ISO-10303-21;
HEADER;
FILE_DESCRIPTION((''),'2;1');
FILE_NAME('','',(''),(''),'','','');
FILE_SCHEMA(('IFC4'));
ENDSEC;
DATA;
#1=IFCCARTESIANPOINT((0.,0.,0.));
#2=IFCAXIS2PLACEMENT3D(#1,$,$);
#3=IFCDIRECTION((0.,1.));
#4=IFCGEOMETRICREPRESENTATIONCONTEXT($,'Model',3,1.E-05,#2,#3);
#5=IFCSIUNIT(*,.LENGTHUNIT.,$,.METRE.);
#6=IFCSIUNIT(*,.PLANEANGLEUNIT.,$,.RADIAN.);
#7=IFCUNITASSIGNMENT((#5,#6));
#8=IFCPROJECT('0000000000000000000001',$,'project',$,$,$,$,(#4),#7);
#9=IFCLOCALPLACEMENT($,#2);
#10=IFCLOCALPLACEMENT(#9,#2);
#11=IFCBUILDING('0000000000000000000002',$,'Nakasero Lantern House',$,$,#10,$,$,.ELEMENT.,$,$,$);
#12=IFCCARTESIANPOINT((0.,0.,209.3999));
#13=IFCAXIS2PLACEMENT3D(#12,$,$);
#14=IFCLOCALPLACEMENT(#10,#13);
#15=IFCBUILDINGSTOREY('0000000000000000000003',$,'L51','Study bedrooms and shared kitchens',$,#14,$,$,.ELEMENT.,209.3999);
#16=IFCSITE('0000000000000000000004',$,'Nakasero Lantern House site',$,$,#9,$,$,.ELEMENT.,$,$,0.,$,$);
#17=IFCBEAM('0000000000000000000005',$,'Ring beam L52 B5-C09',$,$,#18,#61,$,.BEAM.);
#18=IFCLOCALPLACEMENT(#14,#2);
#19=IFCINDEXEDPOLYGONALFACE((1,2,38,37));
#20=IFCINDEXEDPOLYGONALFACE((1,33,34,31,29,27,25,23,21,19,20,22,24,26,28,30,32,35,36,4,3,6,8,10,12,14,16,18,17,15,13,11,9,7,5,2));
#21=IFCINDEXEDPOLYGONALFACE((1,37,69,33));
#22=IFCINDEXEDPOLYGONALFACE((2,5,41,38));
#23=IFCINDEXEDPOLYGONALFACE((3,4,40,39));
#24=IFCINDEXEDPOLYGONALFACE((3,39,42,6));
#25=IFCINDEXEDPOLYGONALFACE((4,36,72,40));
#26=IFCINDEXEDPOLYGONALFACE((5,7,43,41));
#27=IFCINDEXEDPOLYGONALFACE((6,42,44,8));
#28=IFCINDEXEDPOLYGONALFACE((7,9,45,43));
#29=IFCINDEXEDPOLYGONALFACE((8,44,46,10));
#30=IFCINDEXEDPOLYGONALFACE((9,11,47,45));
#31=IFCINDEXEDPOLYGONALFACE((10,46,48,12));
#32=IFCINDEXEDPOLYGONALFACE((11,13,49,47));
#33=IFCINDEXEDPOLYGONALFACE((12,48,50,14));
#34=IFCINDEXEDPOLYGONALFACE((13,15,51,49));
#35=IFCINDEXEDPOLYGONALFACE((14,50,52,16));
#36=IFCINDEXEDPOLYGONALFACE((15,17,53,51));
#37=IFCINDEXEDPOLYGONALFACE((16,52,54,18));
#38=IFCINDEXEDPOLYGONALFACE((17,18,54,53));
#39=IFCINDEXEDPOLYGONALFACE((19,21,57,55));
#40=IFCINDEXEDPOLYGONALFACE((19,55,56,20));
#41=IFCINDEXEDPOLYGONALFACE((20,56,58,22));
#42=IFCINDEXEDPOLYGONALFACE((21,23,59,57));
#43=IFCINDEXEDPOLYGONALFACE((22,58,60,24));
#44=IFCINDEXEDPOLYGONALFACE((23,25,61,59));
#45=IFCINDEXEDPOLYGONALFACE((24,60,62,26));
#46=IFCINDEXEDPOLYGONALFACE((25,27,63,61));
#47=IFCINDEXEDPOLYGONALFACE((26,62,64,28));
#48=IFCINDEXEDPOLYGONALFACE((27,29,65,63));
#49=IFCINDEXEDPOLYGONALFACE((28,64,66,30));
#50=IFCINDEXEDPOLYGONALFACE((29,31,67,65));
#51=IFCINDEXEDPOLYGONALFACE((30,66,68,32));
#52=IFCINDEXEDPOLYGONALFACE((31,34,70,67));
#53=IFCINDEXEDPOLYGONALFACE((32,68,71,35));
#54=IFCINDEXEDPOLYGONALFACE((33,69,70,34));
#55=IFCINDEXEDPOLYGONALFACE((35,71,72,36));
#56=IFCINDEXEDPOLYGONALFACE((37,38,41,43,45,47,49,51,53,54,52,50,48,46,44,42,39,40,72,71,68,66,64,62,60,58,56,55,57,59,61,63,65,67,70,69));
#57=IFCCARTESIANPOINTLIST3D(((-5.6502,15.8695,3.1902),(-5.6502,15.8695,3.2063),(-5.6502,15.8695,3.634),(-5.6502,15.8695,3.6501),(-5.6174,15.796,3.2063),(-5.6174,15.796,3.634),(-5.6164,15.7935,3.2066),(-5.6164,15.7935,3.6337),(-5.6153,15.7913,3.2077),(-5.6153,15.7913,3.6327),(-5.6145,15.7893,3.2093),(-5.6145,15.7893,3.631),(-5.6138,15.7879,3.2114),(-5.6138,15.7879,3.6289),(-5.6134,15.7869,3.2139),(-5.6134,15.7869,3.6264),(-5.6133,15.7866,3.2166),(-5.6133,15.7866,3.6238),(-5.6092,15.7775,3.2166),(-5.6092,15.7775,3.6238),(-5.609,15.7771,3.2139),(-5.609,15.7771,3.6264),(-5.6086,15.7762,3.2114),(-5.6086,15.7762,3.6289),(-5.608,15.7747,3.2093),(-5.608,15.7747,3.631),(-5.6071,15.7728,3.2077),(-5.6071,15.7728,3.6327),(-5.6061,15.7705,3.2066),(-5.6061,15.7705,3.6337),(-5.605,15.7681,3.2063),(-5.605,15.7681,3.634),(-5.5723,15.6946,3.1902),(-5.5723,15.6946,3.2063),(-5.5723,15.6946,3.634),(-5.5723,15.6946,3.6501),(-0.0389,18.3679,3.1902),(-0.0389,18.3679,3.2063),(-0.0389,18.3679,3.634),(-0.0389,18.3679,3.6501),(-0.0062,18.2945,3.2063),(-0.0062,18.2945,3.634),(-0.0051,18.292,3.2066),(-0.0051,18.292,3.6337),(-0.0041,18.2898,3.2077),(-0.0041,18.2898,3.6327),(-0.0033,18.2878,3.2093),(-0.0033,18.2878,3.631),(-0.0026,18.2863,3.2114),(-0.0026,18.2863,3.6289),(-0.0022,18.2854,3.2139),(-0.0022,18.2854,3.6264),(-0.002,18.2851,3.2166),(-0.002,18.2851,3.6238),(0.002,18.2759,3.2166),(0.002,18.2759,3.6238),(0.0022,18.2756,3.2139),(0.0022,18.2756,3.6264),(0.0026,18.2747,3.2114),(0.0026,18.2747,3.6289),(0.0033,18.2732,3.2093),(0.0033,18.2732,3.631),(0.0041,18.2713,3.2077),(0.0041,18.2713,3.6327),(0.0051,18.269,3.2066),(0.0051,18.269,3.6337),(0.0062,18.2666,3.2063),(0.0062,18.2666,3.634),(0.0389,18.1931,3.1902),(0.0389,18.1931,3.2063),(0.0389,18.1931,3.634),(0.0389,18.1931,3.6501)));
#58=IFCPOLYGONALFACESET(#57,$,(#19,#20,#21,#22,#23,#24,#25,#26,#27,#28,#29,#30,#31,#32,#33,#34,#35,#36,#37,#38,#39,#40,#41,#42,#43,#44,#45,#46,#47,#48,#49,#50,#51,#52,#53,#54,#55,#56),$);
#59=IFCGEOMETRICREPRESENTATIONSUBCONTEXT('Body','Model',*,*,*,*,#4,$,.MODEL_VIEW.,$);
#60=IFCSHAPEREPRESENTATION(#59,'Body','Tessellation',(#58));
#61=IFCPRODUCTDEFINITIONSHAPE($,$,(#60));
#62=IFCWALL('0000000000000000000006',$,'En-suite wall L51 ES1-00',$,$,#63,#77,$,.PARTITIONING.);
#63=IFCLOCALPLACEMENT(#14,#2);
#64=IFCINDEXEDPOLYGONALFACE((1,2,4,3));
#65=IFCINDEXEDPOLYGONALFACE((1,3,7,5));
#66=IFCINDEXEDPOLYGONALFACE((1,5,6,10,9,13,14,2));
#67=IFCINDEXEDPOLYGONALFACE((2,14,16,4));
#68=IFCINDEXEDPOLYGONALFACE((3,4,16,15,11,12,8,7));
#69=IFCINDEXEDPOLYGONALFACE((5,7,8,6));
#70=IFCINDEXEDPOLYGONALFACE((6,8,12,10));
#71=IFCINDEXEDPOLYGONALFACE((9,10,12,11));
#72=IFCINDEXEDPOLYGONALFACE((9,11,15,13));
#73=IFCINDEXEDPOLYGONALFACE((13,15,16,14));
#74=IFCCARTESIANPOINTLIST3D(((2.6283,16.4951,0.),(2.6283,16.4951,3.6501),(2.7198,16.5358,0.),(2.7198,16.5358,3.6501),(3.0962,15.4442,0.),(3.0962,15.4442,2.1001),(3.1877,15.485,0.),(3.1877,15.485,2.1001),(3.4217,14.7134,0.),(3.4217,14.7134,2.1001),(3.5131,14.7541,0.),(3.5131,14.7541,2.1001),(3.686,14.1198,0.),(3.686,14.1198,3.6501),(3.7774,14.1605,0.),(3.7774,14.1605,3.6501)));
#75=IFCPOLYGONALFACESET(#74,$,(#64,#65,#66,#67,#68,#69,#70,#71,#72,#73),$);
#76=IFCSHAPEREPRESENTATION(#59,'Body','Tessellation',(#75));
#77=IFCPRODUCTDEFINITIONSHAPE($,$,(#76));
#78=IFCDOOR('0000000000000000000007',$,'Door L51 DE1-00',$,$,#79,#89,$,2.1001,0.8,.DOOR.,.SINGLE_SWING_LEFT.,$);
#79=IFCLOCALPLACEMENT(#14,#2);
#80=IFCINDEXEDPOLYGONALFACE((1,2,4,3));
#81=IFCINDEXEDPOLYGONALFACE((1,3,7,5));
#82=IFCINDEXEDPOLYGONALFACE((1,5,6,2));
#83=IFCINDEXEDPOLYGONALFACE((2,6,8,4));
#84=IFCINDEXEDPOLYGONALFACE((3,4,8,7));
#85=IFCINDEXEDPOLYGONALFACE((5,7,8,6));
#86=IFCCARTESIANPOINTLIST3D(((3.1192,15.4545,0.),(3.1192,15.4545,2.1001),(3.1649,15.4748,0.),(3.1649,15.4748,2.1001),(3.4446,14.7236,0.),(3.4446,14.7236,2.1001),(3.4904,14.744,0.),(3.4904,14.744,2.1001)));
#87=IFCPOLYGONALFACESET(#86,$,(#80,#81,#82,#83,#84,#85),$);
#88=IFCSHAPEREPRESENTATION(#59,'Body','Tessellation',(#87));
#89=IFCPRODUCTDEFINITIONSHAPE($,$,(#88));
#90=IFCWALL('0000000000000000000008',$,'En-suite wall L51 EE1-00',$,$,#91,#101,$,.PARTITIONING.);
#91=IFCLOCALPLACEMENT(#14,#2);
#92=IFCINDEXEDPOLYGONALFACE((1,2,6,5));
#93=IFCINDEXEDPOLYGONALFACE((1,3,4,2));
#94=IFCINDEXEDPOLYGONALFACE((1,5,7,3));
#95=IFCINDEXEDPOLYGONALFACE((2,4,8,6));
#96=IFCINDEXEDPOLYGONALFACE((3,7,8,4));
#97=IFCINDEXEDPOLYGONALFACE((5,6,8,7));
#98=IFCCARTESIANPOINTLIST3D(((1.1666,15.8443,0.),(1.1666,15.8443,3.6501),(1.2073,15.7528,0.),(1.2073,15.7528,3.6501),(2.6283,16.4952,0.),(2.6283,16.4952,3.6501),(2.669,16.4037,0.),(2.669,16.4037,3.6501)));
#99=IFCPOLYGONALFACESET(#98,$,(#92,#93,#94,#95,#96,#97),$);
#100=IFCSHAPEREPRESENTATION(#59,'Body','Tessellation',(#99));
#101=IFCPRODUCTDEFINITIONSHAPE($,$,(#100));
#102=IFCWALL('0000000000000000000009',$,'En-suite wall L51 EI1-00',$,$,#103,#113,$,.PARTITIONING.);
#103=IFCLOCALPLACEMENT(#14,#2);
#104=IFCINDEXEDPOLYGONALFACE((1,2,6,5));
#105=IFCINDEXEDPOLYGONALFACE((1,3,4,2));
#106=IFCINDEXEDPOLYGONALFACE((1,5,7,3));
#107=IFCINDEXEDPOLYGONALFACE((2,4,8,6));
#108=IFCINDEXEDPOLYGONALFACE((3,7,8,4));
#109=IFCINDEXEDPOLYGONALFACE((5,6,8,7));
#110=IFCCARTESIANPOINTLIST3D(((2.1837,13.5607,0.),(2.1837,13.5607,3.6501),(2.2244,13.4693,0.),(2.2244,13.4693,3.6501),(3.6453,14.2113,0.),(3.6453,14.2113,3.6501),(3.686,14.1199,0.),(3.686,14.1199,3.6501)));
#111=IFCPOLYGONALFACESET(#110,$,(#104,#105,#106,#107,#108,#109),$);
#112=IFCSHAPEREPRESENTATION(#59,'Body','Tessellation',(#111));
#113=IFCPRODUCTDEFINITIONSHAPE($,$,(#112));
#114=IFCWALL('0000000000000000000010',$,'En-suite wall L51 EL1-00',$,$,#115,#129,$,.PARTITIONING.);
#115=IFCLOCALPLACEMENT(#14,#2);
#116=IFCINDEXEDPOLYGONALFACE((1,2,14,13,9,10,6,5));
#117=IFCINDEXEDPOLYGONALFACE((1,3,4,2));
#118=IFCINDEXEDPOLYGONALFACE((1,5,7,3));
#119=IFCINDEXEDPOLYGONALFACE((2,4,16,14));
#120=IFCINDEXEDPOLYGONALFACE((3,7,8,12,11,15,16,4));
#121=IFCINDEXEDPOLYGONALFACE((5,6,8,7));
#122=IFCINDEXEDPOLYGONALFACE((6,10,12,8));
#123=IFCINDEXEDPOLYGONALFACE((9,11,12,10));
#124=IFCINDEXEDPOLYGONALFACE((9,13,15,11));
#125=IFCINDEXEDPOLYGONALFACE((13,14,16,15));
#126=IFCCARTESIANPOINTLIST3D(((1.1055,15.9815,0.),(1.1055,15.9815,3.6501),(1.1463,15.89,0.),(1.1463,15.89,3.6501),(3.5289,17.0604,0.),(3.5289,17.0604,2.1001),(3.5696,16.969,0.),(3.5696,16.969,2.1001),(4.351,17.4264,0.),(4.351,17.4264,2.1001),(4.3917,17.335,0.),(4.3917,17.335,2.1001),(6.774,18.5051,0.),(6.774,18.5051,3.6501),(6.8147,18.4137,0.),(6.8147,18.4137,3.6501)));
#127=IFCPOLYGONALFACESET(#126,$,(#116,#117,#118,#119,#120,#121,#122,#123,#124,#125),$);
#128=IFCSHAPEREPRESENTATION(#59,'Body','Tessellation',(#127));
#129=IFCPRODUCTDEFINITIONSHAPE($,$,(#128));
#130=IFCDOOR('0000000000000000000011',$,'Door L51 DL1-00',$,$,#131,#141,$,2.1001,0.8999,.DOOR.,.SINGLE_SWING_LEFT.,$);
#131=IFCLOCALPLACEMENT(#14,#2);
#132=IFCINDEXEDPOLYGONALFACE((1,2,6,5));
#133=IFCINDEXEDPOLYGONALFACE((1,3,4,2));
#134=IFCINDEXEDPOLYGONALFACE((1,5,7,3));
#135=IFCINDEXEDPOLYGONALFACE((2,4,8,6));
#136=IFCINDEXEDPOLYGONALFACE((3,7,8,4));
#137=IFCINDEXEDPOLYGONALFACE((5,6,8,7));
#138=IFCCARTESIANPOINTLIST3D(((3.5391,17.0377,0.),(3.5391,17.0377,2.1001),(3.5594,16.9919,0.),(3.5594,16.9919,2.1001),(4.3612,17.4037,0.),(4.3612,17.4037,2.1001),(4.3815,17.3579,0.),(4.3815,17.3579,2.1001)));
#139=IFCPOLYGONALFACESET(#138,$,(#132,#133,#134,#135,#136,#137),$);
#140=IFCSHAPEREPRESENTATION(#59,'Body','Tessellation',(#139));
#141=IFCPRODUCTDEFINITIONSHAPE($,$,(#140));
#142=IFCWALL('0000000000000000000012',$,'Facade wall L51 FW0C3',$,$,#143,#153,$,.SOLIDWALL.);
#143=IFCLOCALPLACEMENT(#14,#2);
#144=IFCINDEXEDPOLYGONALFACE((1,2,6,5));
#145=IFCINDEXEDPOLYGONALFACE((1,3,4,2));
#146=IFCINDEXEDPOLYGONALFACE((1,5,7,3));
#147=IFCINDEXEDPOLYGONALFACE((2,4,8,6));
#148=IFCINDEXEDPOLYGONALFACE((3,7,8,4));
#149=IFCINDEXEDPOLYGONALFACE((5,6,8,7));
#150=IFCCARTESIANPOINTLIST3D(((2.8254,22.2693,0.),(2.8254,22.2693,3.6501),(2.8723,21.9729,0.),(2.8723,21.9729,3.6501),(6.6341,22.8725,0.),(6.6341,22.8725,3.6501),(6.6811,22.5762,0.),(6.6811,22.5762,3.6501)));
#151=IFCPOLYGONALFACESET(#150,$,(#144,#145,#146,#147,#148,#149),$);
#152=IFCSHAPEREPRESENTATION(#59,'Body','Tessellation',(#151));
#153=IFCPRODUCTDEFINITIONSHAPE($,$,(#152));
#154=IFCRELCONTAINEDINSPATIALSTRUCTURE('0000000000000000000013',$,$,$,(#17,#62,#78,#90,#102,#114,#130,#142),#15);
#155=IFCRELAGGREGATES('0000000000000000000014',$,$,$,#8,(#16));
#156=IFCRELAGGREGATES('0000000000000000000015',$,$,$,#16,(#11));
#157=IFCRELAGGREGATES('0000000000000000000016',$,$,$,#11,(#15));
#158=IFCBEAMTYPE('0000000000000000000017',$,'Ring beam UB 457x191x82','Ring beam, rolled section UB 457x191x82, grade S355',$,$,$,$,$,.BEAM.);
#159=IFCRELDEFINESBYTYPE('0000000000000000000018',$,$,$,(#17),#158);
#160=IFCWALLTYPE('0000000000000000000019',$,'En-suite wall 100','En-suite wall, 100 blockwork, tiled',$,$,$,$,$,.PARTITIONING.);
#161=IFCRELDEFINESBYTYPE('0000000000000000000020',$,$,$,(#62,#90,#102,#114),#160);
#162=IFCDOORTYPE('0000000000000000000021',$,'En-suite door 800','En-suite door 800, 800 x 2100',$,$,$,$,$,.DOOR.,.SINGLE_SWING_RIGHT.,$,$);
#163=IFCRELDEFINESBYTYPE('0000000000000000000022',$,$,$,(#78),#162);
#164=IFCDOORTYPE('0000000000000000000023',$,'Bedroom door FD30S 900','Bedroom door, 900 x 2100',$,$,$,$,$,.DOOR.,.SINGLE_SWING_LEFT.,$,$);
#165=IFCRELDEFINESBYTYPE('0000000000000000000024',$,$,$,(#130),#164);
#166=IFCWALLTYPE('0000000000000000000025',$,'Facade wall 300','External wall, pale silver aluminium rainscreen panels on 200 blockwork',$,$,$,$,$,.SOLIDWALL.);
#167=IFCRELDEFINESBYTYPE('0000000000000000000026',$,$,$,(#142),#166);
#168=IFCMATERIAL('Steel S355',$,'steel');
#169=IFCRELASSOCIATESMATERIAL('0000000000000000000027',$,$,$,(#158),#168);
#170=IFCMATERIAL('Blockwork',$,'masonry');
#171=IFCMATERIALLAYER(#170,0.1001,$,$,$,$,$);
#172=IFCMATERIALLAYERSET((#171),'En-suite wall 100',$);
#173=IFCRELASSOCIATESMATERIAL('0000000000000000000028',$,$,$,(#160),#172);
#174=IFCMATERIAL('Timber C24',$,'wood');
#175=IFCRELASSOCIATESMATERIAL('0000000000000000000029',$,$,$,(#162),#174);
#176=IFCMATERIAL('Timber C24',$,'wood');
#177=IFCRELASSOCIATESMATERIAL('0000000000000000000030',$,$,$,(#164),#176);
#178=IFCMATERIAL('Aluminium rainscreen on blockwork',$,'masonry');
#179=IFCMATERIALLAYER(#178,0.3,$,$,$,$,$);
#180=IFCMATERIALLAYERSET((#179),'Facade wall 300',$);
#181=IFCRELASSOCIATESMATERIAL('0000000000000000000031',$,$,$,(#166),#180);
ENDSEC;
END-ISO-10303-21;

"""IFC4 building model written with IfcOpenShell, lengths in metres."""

from ifc_helpers import new_model, si_unit, direction, frame, frame_2d, origin, origin_2d, place, context, subcontext, project, spatial, rectangle, i_section, extrude, material, layer, layer_set, material_profile, profile_set, type_object, element, fill, save


model = new_model("IFC4")

# Units and contexts
model_context = context("Model", 3, precision=1e-05, world=origin(), true_north=direction((0.0, 1.0)))
body_context = subcontext(model_context, "Body", "Model", "MODEL_VIEW")
ifc_project = project(units=[si_unit("LENGTHUNIT", "METRE"), si_unit("PLANEANGLEUNIT", "RADIAN")], contexts=[model_context])

# Site, building, storey
site_placement = place(None, origin())
site = spatial("IfcSite", under=ifc_project, at=site_placement, Name="Nakasero Lantern House site", CompositionType="ELEMENT", RefElevation=0.0)
building_placement = place(site_placement, origin())
building = spatial("IfcBuilding", under=site, at=building_placement, Name="Nakasero Lantern House", CompositionType="ELEMENT")
storey_placement = place(building_placement, frame((0.0, 0.0, 209.3999)))
storey = spatial("IfcBuildingStorey", under=building, at=storey_placement, Name="L51", Description="Study bedrooms and shared kitchens", CompositionType="ELEMENT", Elevation=209.3999)

# Beam
ifc_material_1 = material(Name="Steel S355", Category="steel")
ifc_material_profile_1 = material_profile(ifc_material_1, i_section(OverallWidth=0.1914, OverallDepth=0.46, WebThickness=0.01, FlangeThickness=0.0161, FilletRadius=0.0103, at=origin_2d()), Name="UB 457x191x82")
ifc_profile_set_1 = profile_set([ifc_material_profile_1], Name="Steel S355")
beam_type_1 = type_object("IfcBeamType", Name="Ring beam UB 457x191x82", Description="Ring beam, rolled section UB 457x191x82, grade S355", PredefinedType="BEAM", material=ifc_profile_set_1)
beam_1_placement = place(storey_placement, frame((0.0, 18.2805, 3.4202), z_axis=(-0.913533, -0.406765, 0.0), x_axis=(0.406765, -0.913533, 0.0)))
element("IfcBeam", 1, at=beam_1_placement, inside=storey, type_object=beam_type_1, Name="Ring beam L52 B5-C09", PredefinedType="BEAM", context=body_context, shape_type="SweptSolid", body=[
    extrude(i_section(OverallWidth=0.1914, OverallDepth=0.46, WebThickness=0.01, FlangeThickness=0.0161, FilletRadius=0.0103, at=origin_2d()), origin(), (0.0, 0.0, 1.0), 6.1423),
])

# Wall, opening, door
ifc_material_2 = material(Name="Blockwork", Category="masonry")
ifc_layer_1 = layer(ifc_material_2, 0.1001)
ifc_layer_set_1 = layer_set([ifc_layer_1], Name="En-suite wall 100")
wall_type_1 = type_object("IfcWallType", Name="En-suite wall 100", Description="En-suite wall, 100 blockwork, tiled", PredefinedType="PARTITIONING", material=ifc_layer_set_1)
wall_1_placement = place(storey_placement, frame((3.7317, 14.1401, 0.0), z_axis=(0.0, 0.0, 1.0), x_axis=(-0.406766, 0.913533, 0.0)))
wall_1 = element("IfcWall", 2, at=wall_1_placement, inside=storey, type_object=wall_type_1, Name="En-suite wall L51 ES1-00", PredefinedType="PARTITIONING", context=body_context, shape_type="SweptSolid", body=[
    extrude(rectangle(XDim=2.6001, YDim=0.1001, at=frame_2d((1.3, 0.0))), origin(), (0.0, 0.0, 1.0), 3.6501),
])
opening_1_placement = place(wall_1_placement, frame((0.6499, 0.0, 0.0)))
opening_1 = element("IfcOpeningElement", 3, at=opening_1_placement, cuts=wall_1, PredefinedType="OPENING", context=body_context, shape_type="SweptSolid", body=[
    extrude(rectangle(XDim=0.8, YDim=2.1001, at=frame_2d((0.3999, 1.05))), frame((0.0, 0.0701, 0.0), z_axis=(0.0, -1.0, 0.0), x_axis=(1.0, 0.0, 0.0)), (0.0, 0.0, 1.0), 0.1401),
])
ifc_material_3 = material(Name="Timber C24", Category="wood")
door_type_1 = type_object("IfcDoorType", Name="En-suite door 800", Description="En-suite door 800, 800 x 2100", OperationType="SINGLE_SWING_RIGHT", PredefinedType="DOOR", material=ifc_material_3)
door_1_placement = place(opening_1_placement, origin())
door_1 = element("IfcDoor", 4, at=door_1_placement, inside=storey, type_object=door_type_1, Name="Door L51 DE1-00", OperationType="SINGLE_SWING_LEFT", OverallHeight=2.1001, OverallWidth=0.8, PredefinedType="DOOR", context=body_context, shape_type="SweptSolid", body=[
    extrude(rectangle(XDim=0.8, YDim=2.1001, at=frame_2d((0.3999, 1.05))), frame((0.0, 0.0249, 0.0), z_axis=(0.0, -1.0, 0.0), x_axis=(1.0, 0.0, 0.0)), (0.0, 0.0, 1.0), 0.05),
])
fill(opening_1, door_1)

# Walls
wall_2_placement = place(storey_placement, frame((2.6487, 16.4495, 0.0), z_axis=(0.0, 0.0, 1.0), x_axis=(-0.913522, -0.40679, 0.0)))
element("IfcWall", 5, at=wall_2_placement, inside=storey, type_object=wall_type_1, Name="En-suite wall L51 EE1-00", PredefinedType="PARTITIONING", context=body_context, shape_type="SweptSolid", body=[
    extrude(rectangle(XDim=1.6001, YDim=0.1001, at=frame_2d((0.8, 0.0))), origin(), (0.0, 0.0, 1.0), 3.6501),
])
wall_3_placement = place(storey_placement, frame((3.6655, 14.1655, 0.0), z_axis=(0.0, 0.0, 1.0), x_axis=(-0.913579, -0.406662, 0.0)))
element("IfcWall", 6, at=wall_3_placement, inside=storey, type_object=wall_type_1, Name="En-suite wall L51 EI1-00", PredefinedType="PARTITIONING", context=body_context, shape_type="SweptSolid", body=[
    extrude(rectangle(XDim=1.5999, YDim=0.1001, at=frame_2d((0.7998, 0.0))), origin(), (0.0, 0.0, 1.0), 3.6501),
])

# Wall, opening, door
wall_4_placement = place(storey_placement, frame((6.7944, 18.4595, 0.0), z_axis=(0.0, 0.0, 1.0), x_axis=(-0.91355, -0.406726, 0.0)))
wall_4 = element("IfcWall", 7, at=wall_4_placement, inside=storey, type_object=wall_type_1, Name="En-suite wall L51 EL1-00", PredefinedType="PARTITIONING", context=body_context, shape_type="SweptSolid", body=[
    extrude(rectangle(XDim=6.2048, YDim=0.1001, at=frame_2d((3.1025, 0.0))), origin(), (0.0, 0.0, 1.0), 3.6501),
])
opening_2_placement = place(wall_4_placement, frame((2.6523, 0.0, 0.0)))
opening_2 = element("IfcOpeningElement", 8, at=opening_2_placement, cuts=wall_4, PredefinedType="OPENING", context=body_context, shape_type="SweptSolid", body=[
    extrude(rectangle(XDim=0.8999, YDim=2.1001, at=frame_2d((0.45, 1.05))), frame((0.0, 0.0701, 0.0), z_axis=(0.0, -1.0, 0.0), x_axis=(1.0, 0.0, 0.0)), (0.0, 0.0, 1.0), 0.1401),
])
ifc_material_4 = material(Name="Timber C24", Category="wood")
door_type_2 = type_object("IfcDoorType", Name="Bedroom door FD30S 900", Description="Bedroom door, 900 x 2100", OperationType="SINGLE_SWING_LEFT", PredefinedType="DOOR", material=ifc_material_4)
door_2_placement = place(opening_2_placement, origin())
door_2 = element("IfcDoor", 9, at=door_2_placement, inside=storey, type_object=door_type_2, Name="Door L51 DL1-00", OperationType="SINGLE_SWING_LEFT", OverallHeight=2.1001, OverallWidth=0.8999, PredefinedType="DOOR", context=body_context, shape_type="SweptSolid", body=[
    extrude(rectangle(XDim=0.8999, YDim=2.1001, at=frame_2d((0.45, 1.05))), frame((0.0, 0.0249, 0.0), z_axis=(0.0, -1.0, 0.0), x_axis=(1.0, 0.0, 0.0)), (0.0, 0.0, 1.0), 0.05),
])
fill(opening_2, door_2)

# Wall
ifc_material_5 = material(Name="Aluminium rainscreen on blockwork", Category="masonry")
ifc_layer_2 = layer(ifc_material_5, 0.3)
ifc_layer_set_2 = layer_set([ifc_layer_2], Name="Facade wall 300")
wall_type_2 = type_object("IfcWallType", Name="Facade wall 300", Description="External wall, pale silver aluminium rainscreen panels on 200 blockwork", PredefinedType="SOLIDWALL", material=ifc_layer_set_2)
wall_5_placement = place(storey_placement, frame((6.6577, 22.7244, 0.0), z_axis=(0.0, 0.0, 1.0), x_axis=(-0.987688, -0.156437, 0.0)))
element("IfcWall", 10, at=wall_5_placement, inside=storey, type_object=wall_type_2, Name="Facade wall L51 FW0C3", PredefinedType="SOLIDWALL", context=body_context, shape_type="SweptSolid", body=[
    extrude(rectangle(XDim=3.8562, YDim=0.3, at=frame_2d((1.9282, 0.0))), origin(), (0.0, 0.0, 1.0), 3.6501),
])

save(model, "model.ifc")
